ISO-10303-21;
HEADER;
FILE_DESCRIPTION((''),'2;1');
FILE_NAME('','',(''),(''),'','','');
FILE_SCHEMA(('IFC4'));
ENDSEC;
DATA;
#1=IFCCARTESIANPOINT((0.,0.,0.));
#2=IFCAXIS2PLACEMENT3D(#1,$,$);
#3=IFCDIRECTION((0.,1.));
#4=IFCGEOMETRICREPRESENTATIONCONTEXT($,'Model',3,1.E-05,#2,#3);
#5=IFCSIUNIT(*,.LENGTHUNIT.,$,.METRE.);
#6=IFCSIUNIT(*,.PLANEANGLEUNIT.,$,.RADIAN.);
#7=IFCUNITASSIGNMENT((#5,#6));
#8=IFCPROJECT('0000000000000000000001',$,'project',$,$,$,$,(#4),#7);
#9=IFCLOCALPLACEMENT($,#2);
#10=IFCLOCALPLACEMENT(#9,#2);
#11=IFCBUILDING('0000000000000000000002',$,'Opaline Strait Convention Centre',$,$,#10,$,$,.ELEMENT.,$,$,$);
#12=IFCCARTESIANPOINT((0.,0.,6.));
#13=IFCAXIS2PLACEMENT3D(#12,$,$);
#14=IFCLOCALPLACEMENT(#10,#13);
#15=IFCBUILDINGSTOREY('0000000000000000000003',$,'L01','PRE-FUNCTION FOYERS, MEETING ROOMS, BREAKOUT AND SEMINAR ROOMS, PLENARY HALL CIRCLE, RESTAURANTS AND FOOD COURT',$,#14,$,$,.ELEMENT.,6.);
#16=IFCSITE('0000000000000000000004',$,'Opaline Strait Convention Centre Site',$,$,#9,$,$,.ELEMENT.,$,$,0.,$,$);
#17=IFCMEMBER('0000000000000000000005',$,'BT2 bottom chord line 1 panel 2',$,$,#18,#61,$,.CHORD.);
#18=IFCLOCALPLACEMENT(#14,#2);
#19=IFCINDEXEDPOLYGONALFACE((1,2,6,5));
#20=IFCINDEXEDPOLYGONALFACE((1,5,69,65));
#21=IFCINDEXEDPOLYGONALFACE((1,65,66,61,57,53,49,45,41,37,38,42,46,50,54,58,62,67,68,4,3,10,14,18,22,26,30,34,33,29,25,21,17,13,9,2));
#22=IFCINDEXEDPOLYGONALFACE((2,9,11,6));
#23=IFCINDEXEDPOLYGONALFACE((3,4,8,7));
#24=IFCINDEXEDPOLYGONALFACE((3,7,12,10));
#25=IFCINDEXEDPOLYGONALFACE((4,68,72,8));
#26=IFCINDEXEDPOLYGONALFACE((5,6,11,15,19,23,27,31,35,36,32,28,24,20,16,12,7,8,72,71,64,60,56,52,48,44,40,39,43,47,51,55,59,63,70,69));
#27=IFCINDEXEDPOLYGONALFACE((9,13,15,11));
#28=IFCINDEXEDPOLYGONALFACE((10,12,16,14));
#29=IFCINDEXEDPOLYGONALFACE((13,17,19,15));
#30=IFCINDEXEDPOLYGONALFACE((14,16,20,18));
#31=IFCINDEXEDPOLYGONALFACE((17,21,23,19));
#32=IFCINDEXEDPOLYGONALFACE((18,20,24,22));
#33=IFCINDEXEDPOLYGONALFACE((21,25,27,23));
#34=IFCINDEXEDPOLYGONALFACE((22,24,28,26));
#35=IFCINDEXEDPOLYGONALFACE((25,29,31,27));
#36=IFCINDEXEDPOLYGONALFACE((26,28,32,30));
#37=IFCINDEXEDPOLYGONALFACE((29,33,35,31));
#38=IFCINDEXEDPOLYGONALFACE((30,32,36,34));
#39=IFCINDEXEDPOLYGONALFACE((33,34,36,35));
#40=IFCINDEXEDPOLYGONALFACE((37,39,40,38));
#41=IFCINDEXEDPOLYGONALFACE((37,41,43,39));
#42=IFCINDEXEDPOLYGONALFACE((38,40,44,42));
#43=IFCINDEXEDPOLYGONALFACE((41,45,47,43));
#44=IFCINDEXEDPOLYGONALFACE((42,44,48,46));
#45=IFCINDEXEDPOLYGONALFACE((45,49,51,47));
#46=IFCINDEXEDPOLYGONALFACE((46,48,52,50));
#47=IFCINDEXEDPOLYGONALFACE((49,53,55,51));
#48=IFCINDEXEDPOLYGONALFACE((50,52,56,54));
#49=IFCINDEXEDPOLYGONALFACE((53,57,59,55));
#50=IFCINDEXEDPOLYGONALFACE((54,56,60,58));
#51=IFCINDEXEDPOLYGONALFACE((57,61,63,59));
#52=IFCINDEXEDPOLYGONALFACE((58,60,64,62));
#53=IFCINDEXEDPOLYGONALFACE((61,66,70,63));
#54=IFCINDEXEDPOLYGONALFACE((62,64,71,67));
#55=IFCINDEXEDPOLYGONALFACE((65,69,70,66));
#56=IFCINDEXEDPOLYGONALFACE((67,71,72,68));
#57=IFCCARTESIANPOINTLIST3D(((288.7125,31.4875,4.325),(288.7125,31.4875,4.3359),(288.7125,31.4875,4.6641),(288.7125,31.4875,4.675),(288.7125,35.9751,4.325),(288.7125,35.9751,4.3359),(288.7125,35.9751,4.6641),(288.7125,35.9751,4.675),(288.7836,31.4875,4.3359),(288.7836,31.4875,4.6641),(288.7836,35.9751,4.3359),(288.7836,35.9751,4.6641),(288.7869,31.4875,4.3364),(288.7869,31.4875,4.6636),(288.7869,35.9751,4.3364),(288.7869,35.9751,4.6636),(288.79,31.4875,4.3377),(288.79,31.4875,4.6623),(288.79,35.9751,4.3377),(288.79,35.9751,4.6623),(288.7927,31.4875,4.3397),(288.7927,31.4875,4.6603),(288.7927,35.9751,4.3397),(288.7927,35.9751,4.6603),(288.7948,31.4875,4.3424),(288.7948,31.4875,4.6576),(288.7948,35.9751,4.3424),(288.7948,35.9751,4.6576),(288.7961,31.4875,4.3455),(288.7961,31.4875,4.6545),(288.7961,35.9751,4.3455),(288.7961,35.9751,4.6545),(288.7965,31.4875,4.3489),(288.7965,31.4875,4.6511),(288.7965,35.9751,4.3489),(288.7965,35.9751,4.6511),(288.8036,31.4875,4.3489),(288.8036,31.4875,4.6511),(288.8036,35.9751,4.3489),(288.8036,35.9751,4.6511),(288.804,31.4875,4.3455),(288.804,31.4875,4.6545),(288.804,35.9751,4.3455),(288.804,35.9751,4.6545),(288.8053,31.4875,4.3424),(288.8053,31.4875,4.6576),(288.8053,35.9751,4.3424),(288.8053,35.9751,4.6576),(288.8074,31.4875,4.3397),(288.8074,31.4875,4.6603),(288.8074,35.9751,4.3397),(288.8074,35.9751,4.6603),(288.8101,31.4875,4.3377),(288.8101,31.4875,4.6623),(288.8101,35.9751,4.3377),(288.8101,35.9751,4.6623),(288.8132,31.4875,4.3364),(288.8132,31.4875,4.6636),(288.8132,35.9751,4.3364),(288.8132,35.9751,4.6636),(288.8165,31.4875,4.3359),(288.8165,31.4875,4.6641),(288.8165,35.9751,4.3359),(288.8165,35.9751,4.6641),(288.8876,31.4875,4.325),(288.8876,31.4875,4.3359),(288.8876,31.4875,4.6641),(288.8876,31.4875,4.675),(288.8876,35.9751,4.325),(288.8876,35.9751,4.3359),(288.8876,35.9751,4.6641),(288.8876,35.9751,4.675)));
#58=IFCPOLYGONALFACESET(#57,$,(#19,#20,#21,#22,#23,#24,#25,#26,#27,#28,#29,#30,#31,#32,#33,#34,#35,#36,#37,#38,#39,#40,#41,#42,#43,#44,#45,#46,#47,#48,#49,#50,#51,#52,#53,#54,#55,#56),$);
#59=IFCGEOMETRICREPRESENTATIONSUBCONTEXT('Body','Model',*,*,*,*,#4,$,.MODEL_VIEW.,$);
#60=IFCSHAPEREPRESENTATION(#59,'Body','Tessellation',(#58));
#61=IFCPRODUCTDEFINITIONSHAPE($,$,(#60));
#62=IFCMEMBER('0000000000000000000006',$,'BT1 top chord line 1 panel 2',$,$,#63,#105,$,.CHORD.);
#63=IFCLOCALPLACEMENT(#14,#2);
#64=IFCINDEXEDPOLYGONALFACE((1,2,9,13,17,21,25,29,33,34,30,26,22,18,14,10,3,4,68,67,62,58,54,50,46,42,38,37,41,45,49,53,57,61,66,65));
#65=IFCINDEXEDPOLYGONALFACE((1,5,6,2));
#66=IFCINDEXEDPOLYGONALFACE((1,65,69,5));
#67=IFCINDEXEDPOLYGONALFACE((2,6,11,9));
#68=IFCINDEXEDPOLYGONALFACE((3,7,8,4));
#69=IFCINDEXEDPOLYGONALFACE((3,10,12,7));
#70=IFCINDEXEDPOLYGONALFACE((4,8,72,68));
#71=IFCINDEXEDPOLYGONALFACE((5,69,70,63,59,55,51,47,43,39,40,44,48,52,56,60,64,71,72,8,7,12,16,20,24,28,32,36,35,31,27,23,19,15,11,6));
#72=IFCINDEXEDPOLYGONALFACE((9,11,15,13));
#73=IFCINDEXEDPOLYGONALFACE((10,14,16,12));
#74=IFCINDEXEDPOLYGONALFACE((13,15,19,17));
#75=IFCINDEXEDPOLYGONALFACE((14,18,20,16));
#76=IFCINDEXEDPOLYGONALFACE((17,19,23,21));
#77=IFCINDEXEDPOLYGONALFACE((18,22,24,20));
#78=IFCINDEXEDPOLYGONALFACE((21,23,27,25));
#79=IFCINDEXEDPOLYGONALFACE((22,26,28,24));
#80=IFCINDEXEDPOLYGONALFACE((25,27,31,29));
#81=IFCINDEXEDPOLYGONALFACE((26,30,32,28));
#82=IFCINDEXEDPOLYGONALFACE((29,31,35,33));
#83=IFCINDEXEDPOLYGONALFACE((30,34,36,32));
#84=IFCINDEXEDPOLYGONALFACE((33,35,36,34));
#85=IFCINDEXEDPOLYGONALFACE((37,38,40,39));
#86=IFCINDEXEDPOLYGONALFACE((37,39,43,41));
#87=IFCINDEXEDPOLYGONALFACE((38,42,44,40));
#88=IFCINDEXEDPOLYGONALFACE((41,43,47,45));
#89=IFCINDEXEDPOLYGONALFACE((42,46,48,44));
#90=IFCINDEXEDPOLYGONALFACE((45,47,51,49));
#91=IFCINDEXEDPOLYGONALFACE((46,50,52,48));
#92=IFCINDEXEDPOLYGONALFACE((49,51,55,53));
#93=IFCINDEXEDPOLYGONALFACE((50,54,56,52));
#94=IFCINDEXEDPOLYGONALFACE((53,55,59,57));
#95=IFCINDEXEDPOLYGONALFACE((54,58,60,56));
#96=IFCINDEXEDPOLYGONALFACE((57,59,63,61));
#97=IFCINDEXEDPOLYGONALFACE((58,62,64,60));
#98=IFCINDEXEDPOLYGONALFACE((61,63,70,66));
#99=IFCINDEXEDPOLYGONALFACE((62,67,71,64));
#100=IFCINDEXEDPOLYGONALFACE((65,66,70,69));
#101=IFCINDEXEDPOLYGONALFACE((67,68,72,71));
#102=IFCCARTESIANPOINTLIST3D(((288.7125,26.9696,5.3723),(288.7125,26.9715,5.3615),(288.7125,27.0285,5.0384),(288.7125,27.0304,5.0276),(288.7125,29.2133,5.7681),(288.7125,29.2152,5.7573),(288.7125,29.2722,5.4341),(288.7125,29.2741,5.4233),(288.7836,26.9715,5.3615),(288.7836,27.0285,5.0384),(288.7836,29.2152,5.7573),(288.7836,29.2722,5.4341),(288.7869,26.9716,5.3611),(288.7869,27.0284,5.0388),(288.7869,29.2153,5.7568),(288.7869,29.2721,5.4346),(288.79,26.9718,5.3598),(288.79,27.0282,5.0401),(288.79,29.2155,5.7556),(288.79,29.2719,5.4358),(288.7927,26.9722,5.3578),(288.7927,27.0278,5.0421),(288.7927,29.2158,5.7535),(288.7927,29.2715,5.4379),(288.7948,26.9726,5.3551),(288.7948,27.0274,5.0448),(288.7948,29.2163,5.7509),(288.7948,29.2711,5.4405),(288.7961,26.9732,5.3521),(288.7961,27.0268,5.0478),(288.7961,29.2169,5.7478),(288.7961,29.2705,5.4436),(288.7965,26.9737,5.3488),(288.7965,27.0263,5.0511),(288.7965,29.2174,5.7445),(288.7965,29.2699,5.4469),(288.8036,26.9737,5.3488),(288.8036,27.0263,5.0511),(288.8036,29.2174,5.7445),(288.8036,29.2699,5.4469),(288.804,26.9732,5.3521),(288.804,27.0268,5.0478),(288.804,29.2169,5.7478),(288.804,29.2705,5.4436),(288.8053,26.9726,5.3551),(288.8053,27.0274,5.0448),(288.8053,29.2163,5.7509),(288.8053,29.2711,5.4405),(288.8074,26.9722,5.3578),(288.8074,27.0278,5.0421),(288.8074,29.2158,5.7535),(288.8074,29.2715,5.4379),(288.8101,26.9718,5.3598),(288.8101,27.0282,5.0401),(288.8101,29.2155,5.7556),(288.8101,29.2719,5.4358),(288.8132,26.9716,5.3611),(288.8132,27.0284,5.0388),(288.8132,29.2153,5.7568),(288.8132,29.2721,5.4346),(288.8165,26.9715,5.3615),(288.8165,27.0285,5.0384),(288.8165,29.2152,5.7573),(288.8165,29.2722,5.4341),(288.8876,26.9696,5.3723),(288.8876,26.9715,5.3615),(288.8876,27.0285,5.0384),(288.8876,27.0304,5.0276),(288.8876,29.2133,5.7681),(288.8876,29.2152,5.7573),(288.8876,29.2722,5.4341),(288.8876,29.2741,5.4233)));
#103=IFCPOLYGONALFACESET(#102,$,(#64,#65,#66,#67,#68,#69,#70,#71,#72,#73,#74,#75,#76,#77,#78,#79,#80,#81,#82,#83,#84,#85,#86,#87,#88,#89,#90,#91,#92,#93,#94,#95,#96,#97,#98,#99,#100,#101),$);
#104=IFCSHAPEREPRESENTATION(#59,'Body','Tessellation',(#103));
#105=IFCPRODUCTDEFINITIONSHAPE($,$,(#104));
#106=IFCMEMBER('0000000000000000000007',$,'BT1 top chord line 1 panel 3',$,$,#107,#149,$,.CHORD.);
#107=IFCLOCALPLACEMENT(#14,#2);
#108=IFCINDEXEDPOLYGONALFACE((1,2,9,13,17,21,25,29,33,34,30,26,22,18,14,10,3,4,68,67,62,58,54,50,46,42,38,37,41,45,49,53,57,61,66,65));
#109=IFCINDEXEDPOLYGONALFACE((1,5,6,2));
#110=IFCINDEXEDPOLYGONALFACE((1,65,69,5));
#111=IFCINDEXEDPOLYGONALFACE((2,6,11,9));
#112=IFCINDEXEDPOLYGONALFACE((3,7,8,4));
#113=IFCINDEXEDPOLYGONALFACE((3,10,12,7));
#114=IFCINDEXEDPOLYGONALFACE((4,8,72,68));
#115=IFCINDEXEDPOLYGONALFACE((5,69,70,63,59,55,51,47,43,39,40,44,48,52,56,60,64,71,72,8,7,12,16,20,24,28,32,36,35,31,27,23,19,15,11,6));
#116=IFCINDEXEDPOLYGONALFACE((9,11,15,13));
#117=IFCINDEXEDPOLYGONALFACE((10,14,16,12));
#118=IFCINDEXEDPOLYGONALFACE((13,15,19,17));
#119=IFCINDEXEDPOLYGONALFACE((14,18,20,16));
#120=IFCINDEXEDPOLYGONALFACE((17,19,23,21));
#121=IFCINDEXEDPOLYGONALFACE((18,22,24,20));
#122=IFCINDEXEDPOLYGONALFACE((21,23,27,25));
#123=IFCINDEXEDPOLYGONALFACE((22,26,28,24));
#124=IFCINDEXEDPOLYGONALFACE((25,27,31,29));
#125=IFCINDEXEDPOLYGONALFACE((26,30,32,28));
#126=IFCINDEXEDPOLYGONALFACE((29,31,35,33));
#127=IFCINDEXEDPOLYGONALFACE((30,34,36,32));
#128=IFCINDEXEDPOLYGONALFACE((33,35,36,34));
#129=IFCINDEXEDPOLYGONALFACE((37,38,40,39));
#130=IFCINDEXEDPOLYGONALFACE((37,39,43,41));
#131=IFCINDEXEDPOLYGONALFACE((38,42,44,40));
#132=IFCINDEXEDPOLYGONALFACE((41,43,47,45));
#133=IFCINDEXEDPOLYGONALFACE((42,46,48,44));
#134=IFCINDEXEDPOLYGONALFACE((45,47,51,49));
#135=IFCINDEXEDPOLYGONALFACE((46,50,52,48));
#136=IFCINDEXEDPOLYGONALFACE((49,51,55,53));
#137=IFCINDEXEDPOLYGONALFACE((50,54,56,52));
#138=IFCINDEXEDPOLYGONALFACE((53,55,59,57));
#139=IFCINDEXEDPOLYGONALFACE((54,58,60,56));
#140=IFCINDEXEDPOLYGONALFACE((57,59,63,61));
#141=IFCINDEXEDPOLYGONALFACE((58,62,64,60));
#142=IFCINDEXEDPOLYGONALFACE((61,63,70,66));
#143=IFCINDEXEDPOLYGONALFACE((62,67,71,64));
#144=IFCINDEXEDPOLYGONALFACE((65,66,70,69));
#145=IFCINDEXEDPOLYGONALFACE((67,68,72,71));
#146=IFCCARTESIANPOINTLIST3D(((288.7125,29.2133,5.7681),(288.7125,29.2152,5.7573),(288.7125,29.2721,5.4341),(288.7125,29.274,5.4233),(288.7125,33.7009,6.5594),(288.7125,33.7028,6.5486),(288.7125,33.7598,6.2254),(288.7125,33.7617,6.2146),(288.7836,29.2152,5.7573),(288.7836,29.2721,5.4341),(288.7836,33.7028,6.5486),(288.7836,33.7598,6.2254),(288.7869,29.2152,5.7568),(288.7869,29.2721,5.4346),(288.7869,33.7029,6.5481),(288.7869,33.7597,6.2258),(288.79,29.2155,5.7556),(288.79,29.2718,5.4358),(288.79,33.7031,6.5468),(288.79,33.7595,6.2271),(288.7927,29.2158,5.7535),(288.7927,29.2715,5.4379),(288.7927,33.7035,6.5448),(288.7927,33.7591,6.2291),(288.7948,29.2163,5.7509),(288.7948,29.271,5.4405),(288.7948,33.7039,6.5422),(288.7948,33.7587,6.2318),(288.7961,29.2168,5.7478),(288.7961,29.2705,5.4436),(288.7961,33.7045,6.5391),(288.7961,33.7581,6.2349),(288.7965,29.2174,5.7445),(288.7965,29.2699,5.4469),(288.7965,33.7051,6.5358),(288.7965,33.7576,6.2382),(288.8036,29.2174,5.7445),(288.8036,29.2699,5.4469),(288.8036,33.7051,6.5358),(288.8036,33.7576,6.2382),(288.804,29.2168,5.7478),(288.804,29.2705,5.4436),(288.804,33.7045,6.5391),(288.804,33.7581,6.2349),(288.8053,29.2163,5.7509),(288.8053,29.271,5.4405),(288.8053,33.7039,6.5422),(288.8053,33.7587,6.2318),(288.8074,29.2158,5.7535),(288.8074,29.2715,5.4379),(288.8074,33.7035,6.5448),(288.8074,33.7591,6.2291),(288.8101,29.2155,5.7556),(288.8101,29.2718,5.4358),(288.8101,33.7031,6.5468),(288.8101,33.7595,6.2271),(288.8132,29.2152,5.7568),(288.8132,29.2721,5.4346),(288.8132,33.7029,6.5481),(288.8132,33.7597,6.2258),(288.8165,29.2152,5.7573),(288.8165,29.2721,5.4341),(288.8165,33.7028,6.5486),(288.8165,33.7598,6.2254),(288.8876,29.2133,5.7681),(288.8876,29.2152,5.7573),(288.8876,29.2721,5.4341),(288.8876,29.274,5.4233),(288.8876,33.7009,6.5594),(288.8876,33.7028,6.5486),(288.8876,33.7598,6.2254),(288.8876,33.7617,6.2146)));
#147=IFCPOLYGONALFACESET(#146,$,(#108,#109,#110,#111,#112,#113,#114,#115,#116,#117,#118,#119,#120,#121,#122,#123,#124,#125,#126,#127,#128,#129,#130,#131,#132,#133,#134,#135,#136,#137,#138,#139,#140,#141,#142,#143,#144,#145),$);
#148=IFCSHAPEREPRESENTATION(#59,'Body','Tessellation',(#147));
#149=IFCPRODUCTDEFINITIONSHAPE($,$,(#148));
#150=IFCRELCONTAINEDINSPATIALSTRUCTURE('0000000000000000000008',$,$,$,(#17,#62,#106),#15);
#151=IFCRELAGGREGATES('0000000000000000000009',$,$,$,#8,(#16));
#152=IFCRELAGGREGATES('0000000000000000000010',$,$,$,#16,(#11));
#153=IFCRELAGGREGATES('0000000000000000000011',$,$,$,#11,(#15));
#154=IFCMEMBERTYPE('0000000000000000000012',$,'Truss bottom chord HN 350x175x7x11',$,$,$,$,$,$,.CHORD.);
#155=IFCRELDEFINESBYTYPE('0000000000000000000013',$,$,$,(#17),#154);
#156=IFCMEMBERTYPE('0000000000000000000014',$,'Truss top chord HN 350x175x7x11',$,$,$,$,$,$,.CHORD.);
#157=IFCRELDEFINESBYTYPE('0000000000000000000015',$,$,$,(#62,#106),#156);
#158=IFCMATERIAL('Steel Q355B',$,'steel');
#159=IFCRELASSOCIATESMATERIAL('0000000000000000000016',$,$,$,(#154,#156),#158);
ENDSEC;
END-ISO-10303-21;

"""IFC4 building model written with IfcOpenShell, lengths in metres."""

from ifc_helpers import new_model, si_unit, direction, frame, origin, origin_2d, place, context, subcontext, project, spatial, i_section, extrude, material, material_profile, profile_set, type_object, element, save


model = new_model("IFC4")

# Units and contexts
model_context = context("Model", 3, precision=1e-05, world=origin(), true_north=direction((0.0, 1.0)))
body_context = subcontext(model_context, "Body", "Model", "MODEL_VIEW")
ifc_project = project(units=[si_unit("LENGTHUNIT", "METRE"), si_unit("PLANEANGLEUNIT", "RADIAN")], contexts=[model_context])

# Site, building, storey
site_placement = place(None, origin())
site = spatial("IfcSite", under=ifc_project, at=site_placement, Name="Opaline Strait Convention Centre Site", CompositionType="ELEMENT", RefElevation=0.0)
building_placement = place(site_placement, origin())
building = spatial("IfcBuilding", under=site, at=building_placement, Name="Opaline Strait Convention Centre", CompositionType="ELEMENT")
storey_placement = place(building_placement, frame((0.0, 0.0, 6.0)))
storey = spatial("IfcBuildingStorey", under=building, at=storey_placement, Name="L01", Description="PRE-FUNCTION FOYERS, MEETING ROOMS, BREAKOUT AND SEMINAR ROOMS, PLENARY HALL CIRCLE, RESTAURANTS AND FOOD COURT", CompositionType="ELEMENT", Elevation=6.0)

# Members
ifc_material_1 = material(Name="Steel Q355B", Category="steel")
ifc_material_profile_1 = material_profile(ifc_material_1, i_section(OverallWidth=0.175, OverallDepth=0.3501, WebThickness=0.0071, FlangeThickness=0.011, FilletRadius=0.0129, at=origin_2d()), Name="HN 350x175x7x11")
ifc_profile_set_1 = profile_set([ifc_material_profile_1], Name="Steel Q355B")
member_type_1 = type_object("IfcMemberType", Name="Truss bottom chord HN 350x175x7x11", PredefinedType="CHORD", material=ifc_profile_set_1)
for number, where, z_axis, x_axis, name in (
    (1, (288.8, 31.4875, 4.5), (0.0, 1.0, 0.0), (-1.0, 0.0, 0.0), "BT2 bottom chord line 1 panel 2"),
):
    element("IfcMember", number, at=place(storey_placement, frame(where, z_axis=z_axis, x_axis=x_axis)), inside=storey, type_object=member_type_1, Name=name, PredefinedType="CHORD", context=body_context, shape_type="SweptSolid", body=[
        extrude(i_section(OverallWidth=0.175, OverallDepth=0.3501, WebThickness=0.0071, FlangeThickness=0.011, FilletRadius=0.0129, at=origin_2d()), origin(), (0.0, 0.0, 1.0), 4.4875),
    ])
ifc_material_profile_2 = material_profile(ifc_material_1, i_section(OverallWidth=0.175, OverallDepth=0.3501, WebThickness=0.0071, FlangeThickness=0.011, FilletRadius=0.0129, at=origin_2d()), Name="HN 350x175x7x11")
ifc_profile_set_2 = profile_set([ifc_material_profile_2], Name="Steel Q355B")
member_type_2 = type_object("IfcMemberType", Name="Truss top chord HN 350x175x7x11", PredefinedType="CHORD", material=ifc_profile_set_2)
member_1_placement = place(storey_placement, frame((288.8, 27.0, 5.2), z_axis=(0.0, 0.984798, 0.173706), x_axis=(-1.0, 0.0, 0.0)))
element("IfcMember", 2, at=member_1_placement, inside=storey, type_object=member_type_2, Name="BT1 top chord line 1 panel 2", PredefinedType="CHORD", context=body_context, shape_type="SweptSolid", body=[
    extrude(i_section(OverallWidth=0.175, OverallDepth=0.3501, WebThickness=0.0071, FlangeThickness=0.011, FilletRadius=0.0129, at=origin_2d()), origin(), (0.0, 0.0, 1.0), 2.2783),
])
member_2_placement = place(storey_placement, frame((288.8, 29.2437, 5.5957), z_axis=(0.0, 0.984808, 0.173645), x_axis=(-1.0, 0.0, 0.0)))
element("IfcMember", 3, at=member_2_placement, inside=storey, type_object=member_type_2, Name="BT1 top chord line 1 panel 3", PredefinedType="CHORD", context=body_context, shape_type="SweptSolid", body=[
    extrude(i_section(OverallWidth=0.175, OverallDepth=0.3501, WebThickness=0.0071, FlangeThickness=0.011, FilletRadius=0.0129, at=origin_2d()), origin(), (0.0, 0.0, 1.0), 4.5569),
])

save(model, "model.ifc")
